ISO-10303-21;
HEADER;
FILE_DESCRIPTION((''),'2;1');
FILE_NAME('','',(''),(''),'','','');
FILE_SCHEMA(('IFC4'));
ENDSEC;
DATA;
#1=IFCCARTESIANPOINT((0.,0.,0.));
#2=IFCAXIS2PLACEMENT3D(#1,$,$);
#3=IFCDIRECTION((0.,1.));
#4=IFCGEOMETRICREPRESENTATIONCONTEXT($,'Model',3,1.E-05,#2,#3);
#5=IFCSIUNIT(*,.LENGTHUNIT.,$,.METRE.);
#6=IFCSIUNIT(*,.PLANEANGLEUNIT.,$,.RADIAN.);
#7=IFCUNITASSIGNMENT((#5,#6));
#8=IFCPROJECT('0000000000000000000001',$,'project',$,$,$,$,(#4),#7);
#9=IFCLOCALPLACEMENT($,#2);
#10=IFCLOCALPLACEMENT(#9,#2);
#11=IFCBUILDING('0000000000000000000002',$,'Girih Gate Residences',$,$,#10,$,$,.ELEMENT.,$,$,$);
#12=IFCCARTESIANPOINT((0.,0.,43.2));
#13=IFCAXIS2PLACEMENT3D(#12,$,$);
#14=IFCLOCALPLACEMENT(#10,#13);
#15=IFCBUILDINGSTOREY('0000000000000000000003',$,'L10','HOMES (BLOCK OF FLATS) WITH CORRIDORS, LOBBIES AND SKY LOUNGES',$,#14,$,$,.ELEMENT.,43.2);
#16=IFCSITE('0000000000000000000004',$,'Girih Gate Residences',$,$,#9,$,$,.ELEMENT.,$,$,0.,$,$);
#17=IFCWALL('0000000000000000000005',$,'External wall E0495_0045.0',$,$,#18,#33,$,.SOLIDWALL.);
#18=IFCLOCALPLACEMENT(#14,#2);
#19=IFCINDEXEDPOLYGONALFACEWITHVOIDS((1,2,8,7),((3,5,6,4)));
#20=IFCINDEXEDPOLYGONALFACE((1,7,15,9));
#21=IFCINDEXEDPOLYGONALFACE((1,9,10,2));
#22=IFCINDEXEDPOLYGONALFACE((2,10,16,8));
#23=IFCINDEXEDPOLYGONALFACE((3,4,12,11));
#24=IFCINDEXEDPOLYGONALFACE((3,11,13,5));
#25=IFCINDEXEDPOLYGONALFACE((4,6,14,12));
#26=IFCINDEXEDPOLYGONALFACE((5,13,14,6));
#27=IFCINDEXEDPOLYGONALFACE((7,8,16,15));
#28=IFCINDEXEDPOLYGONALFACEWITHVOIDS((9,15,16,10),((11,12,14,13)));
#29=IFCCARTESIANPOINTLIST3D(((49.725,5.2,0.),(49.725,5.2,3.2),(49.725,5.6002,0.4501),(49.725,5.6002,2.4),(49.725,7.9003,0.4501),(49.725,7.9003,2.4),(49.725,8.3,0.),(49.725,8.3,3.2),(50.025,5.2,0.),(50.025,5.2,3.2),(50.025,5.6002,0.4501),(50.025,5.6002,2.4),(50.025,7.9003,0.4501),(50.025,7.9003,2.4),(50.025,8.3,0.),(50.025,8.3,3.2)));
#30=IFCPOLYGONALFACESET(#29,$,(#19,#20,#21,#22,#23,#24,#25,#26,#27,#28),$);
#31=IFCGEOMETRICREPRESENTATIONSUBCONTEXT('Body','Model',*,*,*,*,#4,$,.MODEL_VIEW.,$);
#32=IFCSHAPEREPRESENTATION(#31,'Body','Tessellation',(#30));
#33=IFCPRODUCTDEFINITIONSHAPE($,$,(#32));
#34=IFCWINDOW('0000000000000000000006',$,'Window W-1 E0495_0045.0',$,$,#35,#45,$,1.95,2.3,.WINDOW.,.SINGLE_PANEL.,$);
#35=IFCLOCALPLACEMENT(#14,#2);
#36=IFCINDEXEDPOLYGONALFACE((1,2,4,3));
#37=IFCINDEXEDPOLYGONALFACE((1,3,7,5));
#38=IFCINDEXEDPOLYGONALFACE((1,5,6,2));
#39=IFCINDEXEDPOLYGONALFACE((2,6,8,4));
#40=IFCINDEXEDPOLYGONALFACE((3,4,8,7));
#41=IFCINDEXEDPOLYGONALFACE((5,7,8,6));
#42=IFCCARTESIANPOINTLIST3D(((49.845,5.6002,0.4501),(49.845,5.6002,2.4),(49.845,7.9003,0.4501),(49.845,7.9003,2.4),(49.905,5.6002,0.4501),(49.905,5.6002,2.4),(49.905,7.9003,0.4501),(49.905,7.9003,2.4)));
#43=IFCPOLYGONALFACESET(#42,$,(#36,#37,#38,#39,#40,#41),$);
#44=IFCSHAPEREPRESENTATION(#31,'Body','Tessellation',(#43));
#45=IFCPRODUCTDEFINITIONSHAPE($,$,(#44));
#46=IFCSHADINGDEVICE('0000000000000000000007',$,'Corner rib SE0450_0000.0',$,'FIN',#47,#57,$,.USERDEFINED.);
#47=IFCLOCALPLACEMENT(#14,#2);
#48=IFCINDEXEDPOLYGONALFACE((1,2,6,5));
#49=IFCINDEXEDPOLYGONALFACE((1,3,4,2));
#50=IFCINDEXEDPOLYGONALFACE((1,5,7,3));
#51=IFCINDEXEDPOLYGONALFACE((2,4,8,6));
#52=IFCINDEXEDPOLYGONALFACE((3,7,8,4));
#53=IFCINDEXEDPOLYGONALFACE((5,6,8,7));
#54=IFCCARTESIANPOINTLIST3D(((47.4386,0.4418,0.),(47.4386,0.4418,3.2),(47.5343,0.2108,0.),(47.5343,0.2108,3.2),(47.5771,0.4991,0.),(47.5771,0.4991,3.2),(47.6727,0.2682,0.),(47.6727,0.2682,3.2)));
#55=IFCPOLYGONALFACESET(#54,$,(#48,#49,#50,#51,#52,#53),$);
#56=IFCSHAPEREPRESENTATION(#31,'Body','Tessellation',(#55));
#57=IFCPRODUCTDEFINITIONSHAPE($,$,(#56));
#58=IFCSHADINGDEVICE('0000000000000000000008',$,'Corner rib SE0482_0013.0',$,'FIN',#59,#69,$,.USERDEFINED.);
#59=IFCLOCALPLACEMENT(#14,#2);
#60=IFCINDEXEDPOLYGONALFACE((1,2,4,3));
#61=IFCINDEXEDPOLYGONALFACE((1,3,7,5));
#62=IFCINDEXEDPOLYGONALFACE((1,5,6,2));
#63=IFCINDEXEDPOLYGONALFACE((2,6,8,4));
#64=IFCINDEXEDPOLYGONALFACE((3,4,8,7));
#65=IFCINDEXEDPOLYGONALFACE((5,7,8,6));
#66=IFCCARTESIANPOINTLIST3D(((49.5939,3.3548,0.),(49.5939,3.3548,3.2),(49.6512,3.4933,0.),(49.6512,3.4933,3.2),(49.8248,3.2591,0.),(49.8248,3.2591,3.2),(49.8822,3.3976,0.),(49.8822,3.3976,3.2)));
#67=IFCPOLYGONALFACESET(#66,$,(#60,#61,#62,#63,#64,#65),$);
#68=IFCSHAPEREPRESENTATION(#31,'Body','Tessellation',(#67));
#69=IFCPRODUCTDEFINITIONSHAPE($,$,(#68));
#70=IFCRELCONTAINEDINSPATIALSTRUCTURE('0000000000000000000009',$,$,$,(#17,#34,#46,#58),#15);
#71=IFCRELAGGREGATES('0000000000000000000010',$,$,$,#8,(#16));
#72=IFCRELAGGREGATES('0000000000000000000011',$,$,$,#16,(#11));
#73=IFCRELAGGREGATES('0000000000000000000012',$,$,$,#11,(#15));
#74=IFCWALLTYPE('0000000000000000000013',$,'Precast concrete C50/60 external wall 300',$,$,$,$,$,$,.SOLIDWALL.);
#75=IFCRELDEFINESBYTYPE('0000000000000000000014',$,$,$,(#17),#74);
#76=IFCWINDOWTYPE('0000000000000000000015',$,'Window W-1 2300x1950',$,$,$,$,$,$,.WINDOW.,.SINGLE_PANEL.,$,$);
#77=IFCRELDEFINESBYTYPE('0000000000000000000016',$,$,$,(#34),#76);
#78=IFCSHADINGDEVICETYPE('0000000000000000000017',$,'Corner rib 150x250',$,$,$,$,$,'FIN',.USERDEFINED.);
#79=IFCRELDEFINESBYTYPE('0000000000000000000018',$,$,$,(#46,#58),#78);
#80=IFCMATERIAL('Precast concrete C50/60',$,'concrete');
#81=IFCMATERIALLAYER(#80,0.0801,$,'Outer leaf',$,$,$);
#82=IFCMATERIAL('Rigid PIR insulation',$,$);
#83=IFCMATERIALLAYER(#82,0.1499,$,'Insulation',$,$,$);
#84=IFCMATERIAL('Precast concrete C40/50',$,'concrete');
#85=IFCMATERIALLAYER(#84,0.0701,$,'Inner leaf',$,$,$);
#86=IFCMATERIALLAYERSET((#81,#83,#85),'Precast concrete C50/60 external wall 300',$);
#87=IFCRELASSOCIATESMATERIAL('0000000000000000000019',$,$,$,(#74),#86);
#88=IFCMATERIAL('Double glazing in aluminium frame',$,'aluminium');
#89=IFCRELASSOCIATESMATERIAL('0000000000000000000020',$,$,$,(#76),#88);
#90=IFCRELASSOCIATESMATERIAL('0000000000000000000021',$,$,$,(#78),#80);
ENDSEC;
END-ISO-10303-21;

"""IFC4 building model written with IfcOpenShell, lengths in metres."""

from ifc_helpers import new_model, si_unit, direction, frame, frame_2d, origin, origin_2d, place, context, subcontext, project, spatial, rectangle, extrude, material, layer, layer_set, type_object, element, fill, save


model = new_model("IFC4")

# Units and contexts
model_context = context("Model", 3, precision=1e-05, world=origin(), true_north=direction((0.0, 1.0)))
body_context = subcontext(model_context, "Body", "Model", "MODEL_VIEW")
ifc_project = project(units=[si_unit("LENGTHUNIT", "METRE"), si_unit("PLANEANGLEUNIT", "RADIAN")], contexts=[model_context])

# Site, building, storey
site_placement = place(None, origin())
site = spatial("IfcSite", under=ifc_project, at=site_placement, Name="Girih Gate Residences", CompositionType="ELEMENT", RefElevation=0.0)
building_placement = place(site_placement, origin())
building = spatial("IfcBuilding", under=site, at=building_placement, Name="Girih Gate Residences", CompositionType="ELEMENT")
storey_placement = place(building_placement, frame((0.0, 0.0, 43.2)))
storey = spatial("IfcBuildingStorey", under=building, at=storey_placement, Name="L10", Description="HOMES (BLOCK OF FLATS) WITH CORRIDORS, LOBBIES AND SKY LOUNGES", CompositionType="ELEMENT", Elevation=43.2)

# Wall, opening, window
ifc_material_1 = material(Name="Precast concrete C50/60", Category="concrete")
ifc_layer_1 = layer(ifc_material_1, 0.0801, Name="Outer leaf")
ifc_material_2 = material(Name="Rigid PIR insulation")
ifc_layer_2 = layer(ifc_material_2, 0.1499, Name="Insulation")
ifc_material_3 = material(Name="Precast concrete C40/50", Category="concrete")
ifc_layer_3 = layer(ifc_material_3, 0.0701, Name="Inner leaf")
ifc_layer_set_1 = layer_set([ifc_layer_1, ifc_layer_2, ifc_layer_3], Name="Precast concrete C50/60 external wall 300")
wall_type_1 = type_object("IfcWallType", Name="Precast concrete C50/60 external wall 300", PredefinedType="SOLIDWALL", material=ifc_layer_set_1)
ifc_material_4 = material(Name="Double glazing in aluminium frame", Category="aluminium")
wall_1_placement = place(storey_placement, frame((49.875, 8.3, 0.0), z_axis=(0.0, 0.0, 1.0), x_axis=(0.0, -1.0, 0.0)))
wall_1 = element("IfcWall", 1, at=wall_1_placement, inside=storey, type_object=wall_type_1, Name="External wall E0495_0045.0", PredefinedType="SOLIDWALL", context=body_context, shape_type="SweptSolid", body=[
    extrude(rectangle(XDim=3.1001, YDim=0.3, at=frame_2d((1.55, 0.0))), origin(), (0.0, 0.0, 1.0), 3.2),
])
opening_1_placement = place(wall_1_placement, frame((0.3999, 0.0, 0.45)))
opening_1 = element("IfcOpeningElement", 2, at=opening_1_placement, cuts=wall_1, PredefinedType="OPENING", context=body_context, shape_type="SweptSolid", body=[
    extrude(rectangle(XDim=2.3, YDim=1.95, at=frame_2d((1.1499, 0.9751))), frame((0.0, 0.1599, 0.0), z_axis=(0.0, -1.0, 0.0), x_axis=(1.0, 0.0, 0.0)), (0.0, 0.0, 1.0), 0.3201),
])
window_type_1 = type_object("IfcWindowType", Name="Window W-1 2300x1950", PartitioningType="SINGLE_PANEL", PredefinedType="WINDOW", material=ifc_material_4)
window_1_placement = place(opening_1_placement, origin())
window_1 = element("IfcWindow", 3, at=window_1_placement, inside=storey, type_object=window_type_1, Name="Window W-1 E0495_0045.0", OverallHeight=1.95, OverallWidth=2.3, PartitioningType="SINGLE_PANEL", PredefinedType="WINDOW", context=body_context, shape_type="SweptSolid", body=[
    extrude(rectangle(XDim=2.3, YDim=1.95, at=frame_2d((1.1499, 0.9751))), frame((0.0, 0.03, 0.0), z_axis=(0.0, -1.0, 0.0), x_axis=(1.0, 0.0, 0.0)), (0.0, 0.0, 1.0), 0.0601),
])
fill(opening_1, window_1)

# Shading devices
shading_device_type = type_object("IfcShadingDeviceType", Name="Corner rib 150x250", ElementType="FIN", PredefinedType="USERDEFINED", material=ifc_material_1)
for number, where, z_axis, x_axis, name in (
    (4, (47.5557, 0.355, 0.0), (0.0, 0.0, 1.0), (0.92388, 0.382683, 0.0), "Corner rib SE0450_0000.0"),
    (5, (49.738, 3.3762, 0.0), (0.0, 0.0, 1.0), (0.382683, 0.92388, 0.0), "Corner rib SE0482_0013.0"),
):
    element("IfcShadingDevice", number, at=place(storey_placement, frame(where, z_axis=z_axis, x_axis=x_axis)), inside=storey, type_object=shading_device_type, Name=name, ObjectType="FIN", PredefinedType="USERDEFINED", context=body_context, shape_type="SweptSolid", body=[
        extrude(rectangle(XDim=0.1499, YDim=0.25, at=origin_2d()), origin(), (0.0, 0.0, 1.0), 3.2),
    ])

save(model, "model.ifc")
